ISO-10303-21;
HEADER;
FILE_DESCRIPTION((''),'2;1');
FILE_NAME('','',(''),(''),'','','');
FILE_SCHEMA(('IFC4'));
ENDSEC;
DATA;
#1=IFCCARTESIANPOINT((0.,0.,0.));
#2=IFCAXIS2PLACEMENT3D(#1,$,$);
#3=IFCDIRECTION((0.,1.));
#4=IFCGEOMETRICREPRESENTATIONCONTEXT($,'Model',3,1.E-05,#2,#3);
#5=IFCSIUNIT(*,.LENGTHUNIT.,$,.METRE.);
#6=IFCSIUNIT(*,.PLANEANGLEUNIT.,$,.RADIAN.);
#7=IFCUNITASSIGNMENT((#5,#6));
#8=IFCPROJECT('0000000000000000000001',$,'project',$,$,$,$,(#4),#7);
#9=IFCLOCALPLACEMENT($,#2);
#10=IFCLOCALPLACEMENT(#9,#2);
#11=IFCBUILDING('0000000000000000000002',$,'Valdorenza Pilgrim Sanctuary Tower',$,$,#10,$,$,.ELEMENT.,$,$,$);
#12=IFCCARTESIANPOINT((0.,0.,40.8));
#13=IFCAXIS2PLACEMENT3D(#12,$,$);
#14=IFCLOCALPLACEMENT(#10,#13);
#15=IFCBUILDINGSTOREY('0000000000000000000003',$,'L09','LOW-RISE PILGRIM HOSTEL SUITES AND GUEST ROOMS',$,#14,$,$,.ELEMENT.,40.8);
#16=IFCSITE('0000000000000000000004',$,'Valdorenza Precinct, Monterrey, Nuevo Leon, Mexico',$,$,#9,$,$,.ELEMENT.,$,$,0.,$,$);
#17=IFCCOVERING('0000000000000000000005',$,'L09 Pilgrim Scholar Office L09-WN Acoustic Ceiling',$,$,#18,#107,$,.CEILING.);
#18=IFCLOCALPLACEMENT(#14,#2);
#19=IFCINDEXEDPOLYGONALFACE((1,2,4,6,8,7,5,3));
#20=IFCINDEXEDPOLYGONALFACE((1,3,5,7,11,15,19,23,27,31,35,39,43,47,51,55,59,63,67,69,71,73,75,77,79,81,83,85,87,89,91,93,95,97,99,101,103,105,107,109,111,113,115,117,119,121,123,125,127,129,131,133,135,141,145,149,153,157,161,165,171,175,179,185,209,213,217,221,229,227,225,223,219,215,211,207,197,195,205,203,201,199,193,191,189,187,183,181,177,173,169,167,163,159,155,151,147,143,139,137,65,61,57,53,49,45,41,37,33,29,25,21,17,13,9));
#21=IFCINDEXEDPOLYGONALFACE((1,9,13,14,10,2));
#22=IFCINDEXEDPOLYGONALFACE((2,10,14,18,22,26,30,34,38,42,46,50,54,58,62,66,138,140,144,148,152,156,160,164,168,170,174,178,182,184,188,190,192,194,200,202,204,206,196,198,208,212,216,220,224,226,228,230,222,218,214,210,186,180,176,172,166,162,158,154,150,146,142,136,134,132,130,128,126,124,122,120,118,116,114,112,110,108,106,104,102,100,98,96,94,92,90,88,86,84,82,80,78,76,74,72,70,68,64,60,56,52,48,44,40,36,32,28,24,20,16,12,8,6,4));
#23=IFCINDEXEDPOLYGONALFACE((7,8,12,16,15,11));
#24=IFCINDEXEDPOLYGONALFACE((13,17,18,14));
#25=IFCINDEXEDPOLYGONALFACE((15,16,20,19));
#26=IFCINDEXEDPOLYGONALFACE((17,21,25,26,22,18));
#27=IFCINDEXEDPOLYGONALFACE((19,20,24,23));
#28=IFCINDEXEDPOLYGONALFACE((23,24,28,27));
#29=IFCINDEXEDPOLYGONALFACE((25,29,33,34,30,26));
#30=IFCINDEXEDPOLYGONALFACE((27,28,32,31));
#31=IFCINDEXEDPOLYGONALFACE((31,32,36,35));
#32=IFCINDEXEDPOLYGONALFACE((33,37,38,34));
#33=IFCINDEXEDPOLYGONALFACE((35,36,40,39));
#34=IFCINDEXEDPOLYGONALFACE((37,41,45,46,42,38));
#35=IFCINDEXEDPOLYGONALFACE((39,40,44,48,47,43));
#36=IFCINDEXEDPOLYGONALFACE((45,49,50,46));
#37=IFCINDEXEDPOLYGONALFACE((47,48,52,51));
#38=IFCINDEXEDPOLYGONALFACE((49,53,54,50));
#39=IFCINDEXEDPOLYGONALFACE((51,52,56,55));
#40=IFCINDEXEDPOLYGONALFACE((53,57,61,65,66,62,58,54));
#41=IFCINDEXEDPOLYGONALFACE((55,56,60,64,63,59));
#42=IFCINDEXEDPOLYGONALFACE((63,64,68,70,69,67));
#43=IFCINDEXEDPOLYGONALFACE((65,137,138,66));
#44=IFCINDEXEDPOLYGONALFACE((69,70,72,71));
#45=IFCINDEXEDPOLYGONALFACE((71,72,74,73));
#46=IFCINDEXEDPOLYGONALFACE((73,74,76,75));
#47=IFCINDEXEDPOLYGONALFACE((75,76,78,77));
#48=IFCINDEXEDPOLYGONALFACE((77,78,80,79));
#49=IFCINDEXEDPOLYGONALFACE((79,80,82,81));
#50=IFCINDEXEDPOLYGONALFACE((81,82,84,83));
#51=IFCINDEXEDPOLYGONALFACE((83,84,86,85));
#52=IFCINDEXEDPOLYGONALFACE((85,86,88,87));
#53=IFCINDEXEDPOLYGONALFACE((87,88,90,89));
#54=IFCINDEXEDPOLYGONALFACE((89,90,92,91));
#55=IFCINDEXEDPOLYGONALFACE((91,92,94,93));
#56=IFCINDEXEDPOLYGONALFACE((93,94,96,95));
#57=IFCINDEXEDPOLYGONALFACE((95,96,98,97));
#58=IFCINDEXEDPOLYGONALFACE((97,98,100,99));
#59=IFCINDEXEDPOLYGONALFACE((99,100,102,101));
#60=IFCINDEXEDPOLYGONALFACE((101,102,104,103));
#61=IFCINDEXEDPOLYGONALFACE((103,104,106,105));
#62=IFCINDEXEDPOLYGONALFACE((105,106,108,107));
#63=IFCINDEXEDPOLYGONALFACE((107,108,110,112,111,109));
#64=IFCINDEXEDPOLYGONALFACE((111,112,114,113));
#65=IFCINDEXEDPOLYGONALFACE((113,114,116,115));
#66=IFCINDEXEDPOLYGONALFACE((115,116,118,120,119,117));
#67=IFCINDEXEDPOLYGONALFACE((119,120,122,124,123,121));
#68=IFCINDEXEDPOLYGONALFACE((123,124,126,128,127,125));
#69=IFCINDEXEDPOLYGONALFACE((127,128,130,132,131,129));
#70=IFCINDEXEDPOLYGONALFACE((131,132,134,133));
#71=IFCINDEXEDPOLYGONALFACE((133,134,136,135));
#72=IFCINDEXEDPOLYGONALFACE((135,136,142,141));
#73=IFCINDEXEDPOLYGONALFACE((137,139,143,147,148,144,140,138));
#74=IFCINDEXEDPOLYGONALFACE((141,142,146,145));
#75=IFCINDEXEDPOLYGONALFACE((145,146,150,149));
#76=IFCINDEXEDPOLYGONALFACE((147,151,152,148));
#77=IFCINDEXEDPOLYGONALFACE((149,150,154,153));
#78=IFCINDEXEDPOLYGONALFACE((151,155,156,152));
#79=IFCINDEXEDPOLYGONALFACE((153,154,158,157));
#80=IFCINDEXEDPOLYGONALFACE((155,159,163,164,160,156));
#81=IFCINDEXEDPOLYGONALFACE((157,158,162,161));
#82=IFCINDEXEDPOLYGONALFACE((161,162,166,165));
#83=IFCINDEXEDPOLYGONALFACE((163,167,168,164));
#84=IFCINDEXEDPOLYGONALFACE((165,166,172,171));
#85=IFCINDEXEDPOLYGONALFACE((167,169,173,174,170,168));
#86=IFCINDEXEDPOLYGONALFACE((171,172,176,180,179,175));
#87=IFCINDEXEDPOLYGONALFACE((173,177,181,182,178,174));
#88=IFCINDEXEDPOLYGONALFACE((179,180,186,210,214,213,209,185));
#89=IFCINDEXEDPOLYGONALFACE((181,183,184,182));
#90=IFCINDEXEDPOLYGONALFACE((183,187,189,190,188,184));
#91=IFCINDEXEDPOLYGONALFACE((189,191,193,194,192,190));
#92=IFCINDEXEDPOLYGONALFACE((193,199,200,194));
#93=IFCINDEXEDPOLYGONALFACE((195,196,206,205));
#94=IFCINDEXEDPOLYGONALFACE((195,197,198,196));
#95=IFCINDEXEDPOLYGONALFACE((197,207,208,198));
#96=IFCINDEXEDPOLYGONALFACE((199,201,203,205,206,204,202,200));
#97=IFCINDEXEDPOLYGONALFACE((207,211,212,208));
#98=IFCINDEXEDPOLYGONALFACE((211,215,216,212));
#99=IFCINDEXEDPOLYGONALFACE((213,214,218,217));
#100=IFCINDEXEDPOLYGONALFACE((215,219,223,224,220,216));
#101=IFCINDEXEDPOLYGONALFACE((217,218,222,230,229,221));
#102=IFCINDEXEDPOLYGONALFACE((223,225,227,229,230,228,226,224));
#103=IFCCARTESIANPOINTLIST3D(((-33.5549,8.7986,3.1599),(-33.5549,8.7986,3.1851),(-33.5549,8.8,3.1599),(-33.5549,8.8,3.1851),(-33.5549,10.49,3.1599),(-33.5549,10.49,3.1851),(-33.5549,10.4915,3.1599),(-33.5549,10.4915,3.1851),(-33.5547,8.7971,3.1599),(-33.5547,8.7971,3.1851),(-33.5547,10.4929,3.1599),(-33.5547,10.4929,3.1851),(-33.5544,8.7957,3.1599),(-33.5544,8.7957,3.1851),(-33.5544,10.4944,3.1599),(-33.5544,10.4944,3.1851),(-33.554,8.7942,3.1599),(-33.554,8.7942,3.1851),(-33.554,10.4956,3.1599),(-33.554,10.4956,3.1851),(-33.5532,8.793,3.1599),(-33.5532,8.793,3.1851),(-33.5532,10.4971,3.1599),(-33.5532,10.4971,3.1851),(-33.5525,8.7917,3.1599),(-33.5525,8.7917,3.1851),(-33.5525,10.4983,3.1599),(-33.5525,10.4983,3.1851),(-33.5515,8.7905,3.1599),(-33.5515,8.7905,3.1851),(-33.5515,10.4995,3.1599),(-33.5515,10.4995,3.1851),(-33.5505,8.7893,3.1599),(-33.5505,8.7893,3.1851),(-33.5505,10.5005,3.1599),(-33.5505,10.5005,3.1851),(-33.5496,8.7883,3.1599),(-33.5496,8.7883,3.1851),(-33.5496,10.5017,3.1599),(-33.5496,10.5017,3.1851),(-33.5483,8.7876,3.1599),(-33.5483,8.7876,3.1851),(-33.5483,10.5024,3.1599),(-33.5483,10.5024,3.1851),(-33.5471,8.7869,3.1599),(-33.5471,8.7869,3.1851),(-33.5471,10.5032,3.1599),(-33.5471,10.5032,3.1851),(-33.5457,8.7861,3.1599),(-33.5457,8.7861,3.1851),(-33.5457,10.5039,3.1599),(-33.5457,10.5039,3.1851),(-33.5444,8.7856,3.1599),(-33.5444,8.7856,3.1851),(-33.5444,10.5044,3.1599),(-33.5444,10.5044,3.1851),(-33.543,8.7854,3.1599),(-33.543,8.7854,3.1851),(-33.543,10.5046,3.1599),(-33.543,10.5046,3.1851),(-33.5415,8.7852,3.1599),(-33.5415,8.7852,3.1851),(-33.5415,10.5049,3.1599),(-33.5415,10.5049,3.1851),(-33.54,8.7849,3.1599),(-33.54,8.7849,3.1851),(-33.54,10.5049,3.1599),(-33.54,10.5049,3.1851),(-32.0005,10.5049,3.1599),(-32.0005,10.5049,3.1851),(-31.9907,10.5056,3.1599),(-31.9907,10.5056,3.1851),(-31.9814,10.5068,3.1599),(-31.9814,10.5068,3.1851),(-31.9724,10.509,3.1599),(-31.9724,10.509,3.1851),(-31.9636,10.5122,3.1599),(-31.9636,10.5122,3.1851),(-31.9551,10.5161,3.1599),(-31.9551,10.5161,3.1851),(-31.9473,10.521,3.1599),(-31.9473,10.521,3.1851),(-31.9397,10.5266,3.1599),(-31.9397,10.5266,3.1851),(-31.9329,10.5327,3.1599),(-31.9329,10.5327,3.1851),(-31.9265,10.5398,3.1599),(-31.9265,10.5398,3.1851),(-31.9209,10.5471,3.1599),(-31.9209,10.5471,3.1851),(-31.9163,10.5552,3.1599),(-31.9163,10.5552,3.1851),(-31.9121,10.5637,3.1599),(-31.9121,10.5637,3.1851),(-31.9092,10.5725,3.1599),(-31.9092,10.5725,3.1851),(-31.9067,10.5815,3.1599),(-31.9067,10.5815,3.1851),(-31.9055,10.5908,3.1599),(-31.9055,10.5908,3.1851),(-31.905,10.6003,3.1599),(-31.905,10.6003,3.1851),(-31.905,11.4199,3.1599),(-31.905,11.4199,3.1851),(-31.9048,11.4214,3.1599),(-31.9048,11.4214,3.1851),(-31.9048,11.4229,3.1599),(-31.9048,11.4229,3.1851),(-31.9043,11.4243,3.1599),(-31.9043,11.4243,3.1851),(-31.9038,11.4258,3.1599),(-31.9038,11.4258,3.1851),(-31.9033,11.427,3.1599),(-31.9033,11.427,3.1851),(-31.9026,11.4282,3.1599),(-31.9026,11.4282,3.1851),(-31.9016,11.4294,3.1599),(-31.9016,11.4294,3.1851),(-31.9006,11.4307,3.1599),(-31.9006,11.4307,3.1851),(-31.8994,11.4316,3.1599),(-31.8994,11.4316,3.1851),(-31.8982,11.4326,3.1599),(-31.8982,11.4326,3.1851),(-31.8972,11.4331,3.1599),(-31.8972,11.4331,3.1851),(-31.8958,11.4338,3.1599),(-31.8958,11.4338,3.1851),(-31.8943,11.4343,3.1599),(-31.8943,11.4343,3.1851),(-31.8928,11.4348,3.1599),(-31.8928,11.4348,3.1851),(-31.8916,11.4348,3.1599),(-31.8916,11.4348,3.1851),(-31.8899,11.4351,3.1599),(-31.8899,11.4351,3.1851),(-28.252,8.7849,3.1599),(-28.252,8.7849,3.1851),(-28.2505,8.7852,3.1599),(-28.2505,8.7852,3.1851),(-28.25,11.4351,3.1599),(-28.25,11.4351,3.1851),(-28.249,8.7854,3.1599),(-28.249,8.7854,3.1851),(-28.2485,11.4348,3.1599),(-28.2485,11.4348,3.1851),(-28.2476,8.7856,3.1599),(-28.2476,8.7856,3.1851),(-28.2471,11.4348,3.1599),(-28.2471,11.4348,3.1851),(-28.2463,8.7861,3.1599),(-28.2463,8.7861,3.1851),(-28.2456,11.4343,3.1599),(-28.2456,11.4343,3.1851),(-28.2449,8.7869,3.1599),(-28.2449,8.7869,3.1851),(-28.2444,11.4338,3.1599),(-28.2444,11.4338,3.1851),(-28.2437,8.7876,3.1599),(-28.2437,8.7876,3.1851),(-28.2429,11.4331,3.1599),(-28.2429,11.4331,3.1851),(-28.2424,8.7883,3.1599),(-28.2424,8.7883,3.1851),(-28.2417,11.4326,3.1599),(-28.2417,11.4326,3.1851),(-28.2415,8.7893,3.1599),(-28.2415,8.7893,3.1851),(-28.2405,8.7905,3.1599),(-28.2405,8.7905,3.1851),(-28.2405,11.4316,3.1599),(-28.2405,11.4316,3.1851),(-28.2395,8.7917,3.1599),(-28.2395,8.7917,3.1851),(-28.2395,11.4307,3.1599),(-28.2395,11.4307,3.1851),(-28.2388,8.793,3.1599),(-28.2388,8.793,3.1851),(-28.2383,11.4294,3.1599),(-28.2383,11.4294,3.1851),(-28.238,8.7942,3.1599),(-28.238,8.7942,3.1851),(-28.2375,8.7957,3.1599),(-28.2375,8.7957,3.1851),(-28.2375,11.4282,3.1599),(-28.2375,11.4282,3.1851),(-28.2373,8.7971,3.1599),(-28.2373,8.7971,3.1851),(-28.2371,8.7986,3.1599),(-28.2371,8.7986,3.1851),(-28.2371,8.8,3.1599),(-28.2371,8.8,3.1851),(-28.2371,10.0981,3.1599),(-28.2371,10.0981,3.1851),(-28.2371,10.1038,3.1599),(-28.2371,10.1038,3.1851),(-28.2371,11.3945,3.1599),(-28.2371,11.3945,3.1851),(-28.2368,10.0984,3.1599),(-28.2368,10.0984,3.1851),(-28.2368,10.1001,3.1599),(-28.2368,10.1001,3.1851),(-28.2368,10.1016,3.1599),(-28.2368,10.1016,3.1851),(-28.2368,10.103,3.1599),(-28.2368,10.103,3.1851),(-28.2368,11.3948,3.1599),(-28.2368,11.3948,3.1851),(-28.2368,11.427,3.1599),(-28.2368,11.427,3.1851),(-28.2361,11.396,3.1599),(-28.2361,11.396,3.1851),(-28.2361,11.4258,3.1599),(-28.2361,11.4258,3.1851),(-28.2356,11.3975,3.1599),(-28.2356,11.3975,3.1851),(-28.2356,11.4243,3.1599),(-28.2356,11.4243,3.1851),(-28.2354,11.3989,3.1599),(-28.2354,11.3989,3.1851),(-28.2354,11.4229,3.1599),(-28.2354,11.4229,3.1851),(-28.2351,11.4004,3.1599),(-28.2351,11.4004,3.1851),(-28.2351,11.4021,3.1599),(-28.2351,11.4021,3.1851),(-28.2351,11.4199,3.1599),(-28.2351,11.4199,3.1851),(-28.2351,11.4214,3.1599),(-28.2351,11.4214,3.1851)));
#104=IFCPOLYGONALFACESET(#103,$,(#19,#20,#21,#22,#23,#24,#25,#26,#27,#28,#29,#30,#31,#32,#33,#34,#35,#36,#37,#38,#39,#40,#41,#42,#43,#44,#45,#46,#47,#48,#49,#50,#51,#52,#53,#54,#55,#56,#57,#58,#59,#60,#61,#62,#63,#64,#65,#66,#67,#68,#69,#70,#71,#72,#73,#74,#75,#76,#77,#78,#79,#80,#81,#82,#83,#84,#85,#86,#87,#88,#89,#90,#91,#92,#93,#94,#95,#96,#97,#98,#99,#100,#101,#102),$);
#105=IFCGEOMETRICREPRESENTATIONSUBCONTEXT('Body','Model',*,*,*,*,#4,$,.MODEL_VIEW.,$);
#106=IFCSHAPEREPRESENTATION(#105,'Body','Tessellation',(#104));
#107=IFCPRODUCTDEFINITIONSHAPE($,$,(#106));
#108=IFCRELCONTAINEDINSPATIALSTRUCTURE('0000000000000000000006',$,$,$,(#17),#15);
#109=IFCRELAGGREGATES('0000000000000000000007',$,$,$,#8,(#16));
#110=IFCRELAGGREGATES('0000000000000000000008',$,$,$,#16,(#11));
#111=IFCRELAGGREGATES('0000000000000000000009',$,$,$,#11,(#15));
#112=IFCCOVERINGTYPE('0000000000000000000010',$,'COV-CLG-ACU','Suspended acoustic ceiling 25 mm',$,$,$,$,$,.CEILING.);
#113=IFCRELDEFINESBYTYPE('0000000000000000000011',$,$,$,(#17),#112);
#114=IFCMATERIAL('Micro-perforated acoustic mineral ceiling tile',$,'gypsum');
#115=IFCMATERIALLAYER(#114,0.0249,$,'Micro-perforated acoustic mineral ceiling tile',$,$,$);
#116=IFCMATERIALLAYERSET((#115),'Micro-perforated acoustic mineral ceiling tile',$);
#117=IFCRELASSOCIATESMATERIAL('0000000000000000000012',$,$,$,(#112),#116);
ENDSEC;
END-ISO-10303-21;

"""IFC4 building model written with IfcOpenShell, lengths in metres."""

from ifc_helpers import new_model, si_unit, direction, frame, origin, place, context, subcontext, project, spatial, polyline, outline, extrude, material, layer, layer_set, type_object, element, save


model = new_model("IFC4")

# Units and contexts
model_context = context("Model", 3, precision=1e-05, world=origin(), true_north=direction((0.0, 1.0)))
body_context = subcontext(model_context, "Body", "Model", "MODEL_VIEW")
ifc_project = project(units=[si_unit("LENGTHUNIT", "METRE"), si_unit("PLANEANGLEUNIT", "RADIAN")], contexts=[model_context])

# Site, building, storey
site_placement = place(None, origin())
site = spatial("IfcSite", under=ifc_project, at=site_placement, Name="Valdorenza Precinct, Monterrey, Nuevo Leon, Mexico", CompositionType="ELEMENT", RefElevation=0.0)
building_placement = place(site_placement, origin())
building = spatial("IfcBuilding", under=site, at=building_placement, Name="Valdorenza Pilgrim Sanctuary Tower", CompositionType="ELEMENT")
storey_placement = place(building_placement, frame((0.0, 0.0, 40.8)))
storey = spatial("IfcBuildingStorey", under=building, at=storey_placement, Name="L09", Description="LOW-RISE PILGRIM HOSTEL SUITES AND GUEST ROOMS", CompositionType="ELEMENT", Elevation=40.8)

# Covering
ifc_material_1 = material(Name="Micro-perforated acoustic mineral ceiling tile", Category="gypsum")
ifc_layer_1 = layer(ifc_material_1, 0.0249, Name="Micro-perforated acoustic mineral ceiling tile")
ifc_layer_set_1 = layer_set([ifc_layer_1], Name="Micro-perforated acoustic mineral ceiling tile")
covering_type_1 = type_object("IfcCoveringType", Name="COV-CLG-ACU", Description="Suspended acoustic ceiling 25 mm", PredefinedType="CEILING", material=ifc_layer_set_1)
covering_1_placement = place(storey_placement, frame((0.0, 0.0, 3.1599)))
element("IfcCovering", 1, at=covering_1_placement, inside=storey, type_object=covering_type_1, Name="L09 Pilgrim Scholar Office L09-WN Acoustic Ceiling", PredefinedType="CEILING", context=body_context, shape_type="SweptSolid", body=[
    extrude(outline(polyline([(-28.2371, 11.3945), (-28.2371, 10.1038), (-28.2368, 10.103), (-28.2368, 10.1016), (-28.2368, 10.1001), (-28.2368, 10.0984), (-28.2371, 10.0981), (-28.2371, 8.8), (-28.2371, 8.7986), (-28.2373, 8.7971), (-28.2375, 8.7957), (-28.238, 8.7942), (-28.2388, 8.793), (-28.2395, 8.7917), (-28.2405, 8.7905), (-28.2415, 8.7893), (-28.2424, 8.7883), (-28.2437, 8.7876), (-28.2449, 8.7869), (-28.2463, 8.7861), (-28.2476, 8.7856), (-28.249, 8.7854), (-28.2505, 8.7852), (-28.252, 8.7849), (-33.54, 8.7849), (-33.5415, 8.7852), (-33.543, 8.7854), (-33.5444, 8.7856), (-33.5457, 8.7861), (-33.5471, 8.7869), (-33.5483, 8.7876), (-33.5496, 8.7883), (-33.5505, 8.7893), (-33.5515, 8.7905), (-33.5525, 8.7917), (-33.5532, 8.793), (-33.554, 8.7942), (-33.5544, 8.7957), (-33.5547, 8.7971), (-33.5549, 8.7986), (-33.5549, 8.8), (-33.5549, 10.49), (-33.5549, 10.4915), (-33.5547, 10.4929), (-33.5544, 10.4944), (-33.554, 10.4956), (-33.5532, 10.4971), (-33.5525, 10.4983), (-33.5515, 10.4995), (-33.5505, 10.5005), (-33.5496, 10.5017), (-33.5483, 10.5024), (-33.5471, 10.5032), (-33.5457, 10.5039), (-33.5444, 10.5044), (-33.543, 10.5046), (-33.5415, 10.5049), (-33.54, 10.5049), (-32.0005, 10.5049), (-31.9907, 10.5056), (-31.9814, 10.5068), (-31.9724, 10.509), (-31.9636, 10.5122), (-31.9551, 10.5161), (-31.9473, 10.521), (-31.9397, 10.5266), (-31.9329, 10.5327), (-31.9265, 10.5398), (-31.9209, 10.5471), (-31.9163, 10.5552), (-31.9121, 10.5637), (-31.9092, 10.5725), (-31.9067, 10.5815), (-31.9055, 10.5908), (-31.905, 10.6003), (-31.905, 11.4199), (-31.9048, 11.4214), (-31.9048, 11.4229), (-31.9043, 11.4243), (-31.9038, 11.4258), (-31.9033, 11.427), (-31.9026, 11.4282), (-31.9016, 11.4294), (-31.9006, 11.4307), (-31.8994, 11.4316), (-31.8982, 11.4326), (-31.8972, 11.4331), (-31.8958, 11.4338), (-31.8943, 11.4343), (-31.8928, 11.4348), (-31.8916, 11.4348), (-31.8899, 11.4351), (-28.25, 11.4351), (-28.2485, 11.4348), (-28.2471, 11.4348), (-28.2456, 11.4343), (-28.2444, 11.4338), (-28.2429, 11.4331), (-28.2417, 11.4326), (-28.2405, 11.4316), (-28.2395, 11.4307), (-28.2383, 11.4294), (-28.2375, 11.4282), (-28.2368, 11.427), (-28.2361, 11.4258), (-28.2356, 11.4243), (-28.2354, 11.4229), (-28.2351, 11.4214), (-28.2351, 11.4199), (-28.2351, 11.4021), (-28.2351, 11.4004), (-28.2354, 11.3989), (-28.2356, 11.3975), (-28.2361, 11.396), (-28.2368, 11.3948), (-28.2371, 11.3945)])), origin(), (0.0, 0.0, 1.0), 0.0251),
])

save(model, "model.ifc")
